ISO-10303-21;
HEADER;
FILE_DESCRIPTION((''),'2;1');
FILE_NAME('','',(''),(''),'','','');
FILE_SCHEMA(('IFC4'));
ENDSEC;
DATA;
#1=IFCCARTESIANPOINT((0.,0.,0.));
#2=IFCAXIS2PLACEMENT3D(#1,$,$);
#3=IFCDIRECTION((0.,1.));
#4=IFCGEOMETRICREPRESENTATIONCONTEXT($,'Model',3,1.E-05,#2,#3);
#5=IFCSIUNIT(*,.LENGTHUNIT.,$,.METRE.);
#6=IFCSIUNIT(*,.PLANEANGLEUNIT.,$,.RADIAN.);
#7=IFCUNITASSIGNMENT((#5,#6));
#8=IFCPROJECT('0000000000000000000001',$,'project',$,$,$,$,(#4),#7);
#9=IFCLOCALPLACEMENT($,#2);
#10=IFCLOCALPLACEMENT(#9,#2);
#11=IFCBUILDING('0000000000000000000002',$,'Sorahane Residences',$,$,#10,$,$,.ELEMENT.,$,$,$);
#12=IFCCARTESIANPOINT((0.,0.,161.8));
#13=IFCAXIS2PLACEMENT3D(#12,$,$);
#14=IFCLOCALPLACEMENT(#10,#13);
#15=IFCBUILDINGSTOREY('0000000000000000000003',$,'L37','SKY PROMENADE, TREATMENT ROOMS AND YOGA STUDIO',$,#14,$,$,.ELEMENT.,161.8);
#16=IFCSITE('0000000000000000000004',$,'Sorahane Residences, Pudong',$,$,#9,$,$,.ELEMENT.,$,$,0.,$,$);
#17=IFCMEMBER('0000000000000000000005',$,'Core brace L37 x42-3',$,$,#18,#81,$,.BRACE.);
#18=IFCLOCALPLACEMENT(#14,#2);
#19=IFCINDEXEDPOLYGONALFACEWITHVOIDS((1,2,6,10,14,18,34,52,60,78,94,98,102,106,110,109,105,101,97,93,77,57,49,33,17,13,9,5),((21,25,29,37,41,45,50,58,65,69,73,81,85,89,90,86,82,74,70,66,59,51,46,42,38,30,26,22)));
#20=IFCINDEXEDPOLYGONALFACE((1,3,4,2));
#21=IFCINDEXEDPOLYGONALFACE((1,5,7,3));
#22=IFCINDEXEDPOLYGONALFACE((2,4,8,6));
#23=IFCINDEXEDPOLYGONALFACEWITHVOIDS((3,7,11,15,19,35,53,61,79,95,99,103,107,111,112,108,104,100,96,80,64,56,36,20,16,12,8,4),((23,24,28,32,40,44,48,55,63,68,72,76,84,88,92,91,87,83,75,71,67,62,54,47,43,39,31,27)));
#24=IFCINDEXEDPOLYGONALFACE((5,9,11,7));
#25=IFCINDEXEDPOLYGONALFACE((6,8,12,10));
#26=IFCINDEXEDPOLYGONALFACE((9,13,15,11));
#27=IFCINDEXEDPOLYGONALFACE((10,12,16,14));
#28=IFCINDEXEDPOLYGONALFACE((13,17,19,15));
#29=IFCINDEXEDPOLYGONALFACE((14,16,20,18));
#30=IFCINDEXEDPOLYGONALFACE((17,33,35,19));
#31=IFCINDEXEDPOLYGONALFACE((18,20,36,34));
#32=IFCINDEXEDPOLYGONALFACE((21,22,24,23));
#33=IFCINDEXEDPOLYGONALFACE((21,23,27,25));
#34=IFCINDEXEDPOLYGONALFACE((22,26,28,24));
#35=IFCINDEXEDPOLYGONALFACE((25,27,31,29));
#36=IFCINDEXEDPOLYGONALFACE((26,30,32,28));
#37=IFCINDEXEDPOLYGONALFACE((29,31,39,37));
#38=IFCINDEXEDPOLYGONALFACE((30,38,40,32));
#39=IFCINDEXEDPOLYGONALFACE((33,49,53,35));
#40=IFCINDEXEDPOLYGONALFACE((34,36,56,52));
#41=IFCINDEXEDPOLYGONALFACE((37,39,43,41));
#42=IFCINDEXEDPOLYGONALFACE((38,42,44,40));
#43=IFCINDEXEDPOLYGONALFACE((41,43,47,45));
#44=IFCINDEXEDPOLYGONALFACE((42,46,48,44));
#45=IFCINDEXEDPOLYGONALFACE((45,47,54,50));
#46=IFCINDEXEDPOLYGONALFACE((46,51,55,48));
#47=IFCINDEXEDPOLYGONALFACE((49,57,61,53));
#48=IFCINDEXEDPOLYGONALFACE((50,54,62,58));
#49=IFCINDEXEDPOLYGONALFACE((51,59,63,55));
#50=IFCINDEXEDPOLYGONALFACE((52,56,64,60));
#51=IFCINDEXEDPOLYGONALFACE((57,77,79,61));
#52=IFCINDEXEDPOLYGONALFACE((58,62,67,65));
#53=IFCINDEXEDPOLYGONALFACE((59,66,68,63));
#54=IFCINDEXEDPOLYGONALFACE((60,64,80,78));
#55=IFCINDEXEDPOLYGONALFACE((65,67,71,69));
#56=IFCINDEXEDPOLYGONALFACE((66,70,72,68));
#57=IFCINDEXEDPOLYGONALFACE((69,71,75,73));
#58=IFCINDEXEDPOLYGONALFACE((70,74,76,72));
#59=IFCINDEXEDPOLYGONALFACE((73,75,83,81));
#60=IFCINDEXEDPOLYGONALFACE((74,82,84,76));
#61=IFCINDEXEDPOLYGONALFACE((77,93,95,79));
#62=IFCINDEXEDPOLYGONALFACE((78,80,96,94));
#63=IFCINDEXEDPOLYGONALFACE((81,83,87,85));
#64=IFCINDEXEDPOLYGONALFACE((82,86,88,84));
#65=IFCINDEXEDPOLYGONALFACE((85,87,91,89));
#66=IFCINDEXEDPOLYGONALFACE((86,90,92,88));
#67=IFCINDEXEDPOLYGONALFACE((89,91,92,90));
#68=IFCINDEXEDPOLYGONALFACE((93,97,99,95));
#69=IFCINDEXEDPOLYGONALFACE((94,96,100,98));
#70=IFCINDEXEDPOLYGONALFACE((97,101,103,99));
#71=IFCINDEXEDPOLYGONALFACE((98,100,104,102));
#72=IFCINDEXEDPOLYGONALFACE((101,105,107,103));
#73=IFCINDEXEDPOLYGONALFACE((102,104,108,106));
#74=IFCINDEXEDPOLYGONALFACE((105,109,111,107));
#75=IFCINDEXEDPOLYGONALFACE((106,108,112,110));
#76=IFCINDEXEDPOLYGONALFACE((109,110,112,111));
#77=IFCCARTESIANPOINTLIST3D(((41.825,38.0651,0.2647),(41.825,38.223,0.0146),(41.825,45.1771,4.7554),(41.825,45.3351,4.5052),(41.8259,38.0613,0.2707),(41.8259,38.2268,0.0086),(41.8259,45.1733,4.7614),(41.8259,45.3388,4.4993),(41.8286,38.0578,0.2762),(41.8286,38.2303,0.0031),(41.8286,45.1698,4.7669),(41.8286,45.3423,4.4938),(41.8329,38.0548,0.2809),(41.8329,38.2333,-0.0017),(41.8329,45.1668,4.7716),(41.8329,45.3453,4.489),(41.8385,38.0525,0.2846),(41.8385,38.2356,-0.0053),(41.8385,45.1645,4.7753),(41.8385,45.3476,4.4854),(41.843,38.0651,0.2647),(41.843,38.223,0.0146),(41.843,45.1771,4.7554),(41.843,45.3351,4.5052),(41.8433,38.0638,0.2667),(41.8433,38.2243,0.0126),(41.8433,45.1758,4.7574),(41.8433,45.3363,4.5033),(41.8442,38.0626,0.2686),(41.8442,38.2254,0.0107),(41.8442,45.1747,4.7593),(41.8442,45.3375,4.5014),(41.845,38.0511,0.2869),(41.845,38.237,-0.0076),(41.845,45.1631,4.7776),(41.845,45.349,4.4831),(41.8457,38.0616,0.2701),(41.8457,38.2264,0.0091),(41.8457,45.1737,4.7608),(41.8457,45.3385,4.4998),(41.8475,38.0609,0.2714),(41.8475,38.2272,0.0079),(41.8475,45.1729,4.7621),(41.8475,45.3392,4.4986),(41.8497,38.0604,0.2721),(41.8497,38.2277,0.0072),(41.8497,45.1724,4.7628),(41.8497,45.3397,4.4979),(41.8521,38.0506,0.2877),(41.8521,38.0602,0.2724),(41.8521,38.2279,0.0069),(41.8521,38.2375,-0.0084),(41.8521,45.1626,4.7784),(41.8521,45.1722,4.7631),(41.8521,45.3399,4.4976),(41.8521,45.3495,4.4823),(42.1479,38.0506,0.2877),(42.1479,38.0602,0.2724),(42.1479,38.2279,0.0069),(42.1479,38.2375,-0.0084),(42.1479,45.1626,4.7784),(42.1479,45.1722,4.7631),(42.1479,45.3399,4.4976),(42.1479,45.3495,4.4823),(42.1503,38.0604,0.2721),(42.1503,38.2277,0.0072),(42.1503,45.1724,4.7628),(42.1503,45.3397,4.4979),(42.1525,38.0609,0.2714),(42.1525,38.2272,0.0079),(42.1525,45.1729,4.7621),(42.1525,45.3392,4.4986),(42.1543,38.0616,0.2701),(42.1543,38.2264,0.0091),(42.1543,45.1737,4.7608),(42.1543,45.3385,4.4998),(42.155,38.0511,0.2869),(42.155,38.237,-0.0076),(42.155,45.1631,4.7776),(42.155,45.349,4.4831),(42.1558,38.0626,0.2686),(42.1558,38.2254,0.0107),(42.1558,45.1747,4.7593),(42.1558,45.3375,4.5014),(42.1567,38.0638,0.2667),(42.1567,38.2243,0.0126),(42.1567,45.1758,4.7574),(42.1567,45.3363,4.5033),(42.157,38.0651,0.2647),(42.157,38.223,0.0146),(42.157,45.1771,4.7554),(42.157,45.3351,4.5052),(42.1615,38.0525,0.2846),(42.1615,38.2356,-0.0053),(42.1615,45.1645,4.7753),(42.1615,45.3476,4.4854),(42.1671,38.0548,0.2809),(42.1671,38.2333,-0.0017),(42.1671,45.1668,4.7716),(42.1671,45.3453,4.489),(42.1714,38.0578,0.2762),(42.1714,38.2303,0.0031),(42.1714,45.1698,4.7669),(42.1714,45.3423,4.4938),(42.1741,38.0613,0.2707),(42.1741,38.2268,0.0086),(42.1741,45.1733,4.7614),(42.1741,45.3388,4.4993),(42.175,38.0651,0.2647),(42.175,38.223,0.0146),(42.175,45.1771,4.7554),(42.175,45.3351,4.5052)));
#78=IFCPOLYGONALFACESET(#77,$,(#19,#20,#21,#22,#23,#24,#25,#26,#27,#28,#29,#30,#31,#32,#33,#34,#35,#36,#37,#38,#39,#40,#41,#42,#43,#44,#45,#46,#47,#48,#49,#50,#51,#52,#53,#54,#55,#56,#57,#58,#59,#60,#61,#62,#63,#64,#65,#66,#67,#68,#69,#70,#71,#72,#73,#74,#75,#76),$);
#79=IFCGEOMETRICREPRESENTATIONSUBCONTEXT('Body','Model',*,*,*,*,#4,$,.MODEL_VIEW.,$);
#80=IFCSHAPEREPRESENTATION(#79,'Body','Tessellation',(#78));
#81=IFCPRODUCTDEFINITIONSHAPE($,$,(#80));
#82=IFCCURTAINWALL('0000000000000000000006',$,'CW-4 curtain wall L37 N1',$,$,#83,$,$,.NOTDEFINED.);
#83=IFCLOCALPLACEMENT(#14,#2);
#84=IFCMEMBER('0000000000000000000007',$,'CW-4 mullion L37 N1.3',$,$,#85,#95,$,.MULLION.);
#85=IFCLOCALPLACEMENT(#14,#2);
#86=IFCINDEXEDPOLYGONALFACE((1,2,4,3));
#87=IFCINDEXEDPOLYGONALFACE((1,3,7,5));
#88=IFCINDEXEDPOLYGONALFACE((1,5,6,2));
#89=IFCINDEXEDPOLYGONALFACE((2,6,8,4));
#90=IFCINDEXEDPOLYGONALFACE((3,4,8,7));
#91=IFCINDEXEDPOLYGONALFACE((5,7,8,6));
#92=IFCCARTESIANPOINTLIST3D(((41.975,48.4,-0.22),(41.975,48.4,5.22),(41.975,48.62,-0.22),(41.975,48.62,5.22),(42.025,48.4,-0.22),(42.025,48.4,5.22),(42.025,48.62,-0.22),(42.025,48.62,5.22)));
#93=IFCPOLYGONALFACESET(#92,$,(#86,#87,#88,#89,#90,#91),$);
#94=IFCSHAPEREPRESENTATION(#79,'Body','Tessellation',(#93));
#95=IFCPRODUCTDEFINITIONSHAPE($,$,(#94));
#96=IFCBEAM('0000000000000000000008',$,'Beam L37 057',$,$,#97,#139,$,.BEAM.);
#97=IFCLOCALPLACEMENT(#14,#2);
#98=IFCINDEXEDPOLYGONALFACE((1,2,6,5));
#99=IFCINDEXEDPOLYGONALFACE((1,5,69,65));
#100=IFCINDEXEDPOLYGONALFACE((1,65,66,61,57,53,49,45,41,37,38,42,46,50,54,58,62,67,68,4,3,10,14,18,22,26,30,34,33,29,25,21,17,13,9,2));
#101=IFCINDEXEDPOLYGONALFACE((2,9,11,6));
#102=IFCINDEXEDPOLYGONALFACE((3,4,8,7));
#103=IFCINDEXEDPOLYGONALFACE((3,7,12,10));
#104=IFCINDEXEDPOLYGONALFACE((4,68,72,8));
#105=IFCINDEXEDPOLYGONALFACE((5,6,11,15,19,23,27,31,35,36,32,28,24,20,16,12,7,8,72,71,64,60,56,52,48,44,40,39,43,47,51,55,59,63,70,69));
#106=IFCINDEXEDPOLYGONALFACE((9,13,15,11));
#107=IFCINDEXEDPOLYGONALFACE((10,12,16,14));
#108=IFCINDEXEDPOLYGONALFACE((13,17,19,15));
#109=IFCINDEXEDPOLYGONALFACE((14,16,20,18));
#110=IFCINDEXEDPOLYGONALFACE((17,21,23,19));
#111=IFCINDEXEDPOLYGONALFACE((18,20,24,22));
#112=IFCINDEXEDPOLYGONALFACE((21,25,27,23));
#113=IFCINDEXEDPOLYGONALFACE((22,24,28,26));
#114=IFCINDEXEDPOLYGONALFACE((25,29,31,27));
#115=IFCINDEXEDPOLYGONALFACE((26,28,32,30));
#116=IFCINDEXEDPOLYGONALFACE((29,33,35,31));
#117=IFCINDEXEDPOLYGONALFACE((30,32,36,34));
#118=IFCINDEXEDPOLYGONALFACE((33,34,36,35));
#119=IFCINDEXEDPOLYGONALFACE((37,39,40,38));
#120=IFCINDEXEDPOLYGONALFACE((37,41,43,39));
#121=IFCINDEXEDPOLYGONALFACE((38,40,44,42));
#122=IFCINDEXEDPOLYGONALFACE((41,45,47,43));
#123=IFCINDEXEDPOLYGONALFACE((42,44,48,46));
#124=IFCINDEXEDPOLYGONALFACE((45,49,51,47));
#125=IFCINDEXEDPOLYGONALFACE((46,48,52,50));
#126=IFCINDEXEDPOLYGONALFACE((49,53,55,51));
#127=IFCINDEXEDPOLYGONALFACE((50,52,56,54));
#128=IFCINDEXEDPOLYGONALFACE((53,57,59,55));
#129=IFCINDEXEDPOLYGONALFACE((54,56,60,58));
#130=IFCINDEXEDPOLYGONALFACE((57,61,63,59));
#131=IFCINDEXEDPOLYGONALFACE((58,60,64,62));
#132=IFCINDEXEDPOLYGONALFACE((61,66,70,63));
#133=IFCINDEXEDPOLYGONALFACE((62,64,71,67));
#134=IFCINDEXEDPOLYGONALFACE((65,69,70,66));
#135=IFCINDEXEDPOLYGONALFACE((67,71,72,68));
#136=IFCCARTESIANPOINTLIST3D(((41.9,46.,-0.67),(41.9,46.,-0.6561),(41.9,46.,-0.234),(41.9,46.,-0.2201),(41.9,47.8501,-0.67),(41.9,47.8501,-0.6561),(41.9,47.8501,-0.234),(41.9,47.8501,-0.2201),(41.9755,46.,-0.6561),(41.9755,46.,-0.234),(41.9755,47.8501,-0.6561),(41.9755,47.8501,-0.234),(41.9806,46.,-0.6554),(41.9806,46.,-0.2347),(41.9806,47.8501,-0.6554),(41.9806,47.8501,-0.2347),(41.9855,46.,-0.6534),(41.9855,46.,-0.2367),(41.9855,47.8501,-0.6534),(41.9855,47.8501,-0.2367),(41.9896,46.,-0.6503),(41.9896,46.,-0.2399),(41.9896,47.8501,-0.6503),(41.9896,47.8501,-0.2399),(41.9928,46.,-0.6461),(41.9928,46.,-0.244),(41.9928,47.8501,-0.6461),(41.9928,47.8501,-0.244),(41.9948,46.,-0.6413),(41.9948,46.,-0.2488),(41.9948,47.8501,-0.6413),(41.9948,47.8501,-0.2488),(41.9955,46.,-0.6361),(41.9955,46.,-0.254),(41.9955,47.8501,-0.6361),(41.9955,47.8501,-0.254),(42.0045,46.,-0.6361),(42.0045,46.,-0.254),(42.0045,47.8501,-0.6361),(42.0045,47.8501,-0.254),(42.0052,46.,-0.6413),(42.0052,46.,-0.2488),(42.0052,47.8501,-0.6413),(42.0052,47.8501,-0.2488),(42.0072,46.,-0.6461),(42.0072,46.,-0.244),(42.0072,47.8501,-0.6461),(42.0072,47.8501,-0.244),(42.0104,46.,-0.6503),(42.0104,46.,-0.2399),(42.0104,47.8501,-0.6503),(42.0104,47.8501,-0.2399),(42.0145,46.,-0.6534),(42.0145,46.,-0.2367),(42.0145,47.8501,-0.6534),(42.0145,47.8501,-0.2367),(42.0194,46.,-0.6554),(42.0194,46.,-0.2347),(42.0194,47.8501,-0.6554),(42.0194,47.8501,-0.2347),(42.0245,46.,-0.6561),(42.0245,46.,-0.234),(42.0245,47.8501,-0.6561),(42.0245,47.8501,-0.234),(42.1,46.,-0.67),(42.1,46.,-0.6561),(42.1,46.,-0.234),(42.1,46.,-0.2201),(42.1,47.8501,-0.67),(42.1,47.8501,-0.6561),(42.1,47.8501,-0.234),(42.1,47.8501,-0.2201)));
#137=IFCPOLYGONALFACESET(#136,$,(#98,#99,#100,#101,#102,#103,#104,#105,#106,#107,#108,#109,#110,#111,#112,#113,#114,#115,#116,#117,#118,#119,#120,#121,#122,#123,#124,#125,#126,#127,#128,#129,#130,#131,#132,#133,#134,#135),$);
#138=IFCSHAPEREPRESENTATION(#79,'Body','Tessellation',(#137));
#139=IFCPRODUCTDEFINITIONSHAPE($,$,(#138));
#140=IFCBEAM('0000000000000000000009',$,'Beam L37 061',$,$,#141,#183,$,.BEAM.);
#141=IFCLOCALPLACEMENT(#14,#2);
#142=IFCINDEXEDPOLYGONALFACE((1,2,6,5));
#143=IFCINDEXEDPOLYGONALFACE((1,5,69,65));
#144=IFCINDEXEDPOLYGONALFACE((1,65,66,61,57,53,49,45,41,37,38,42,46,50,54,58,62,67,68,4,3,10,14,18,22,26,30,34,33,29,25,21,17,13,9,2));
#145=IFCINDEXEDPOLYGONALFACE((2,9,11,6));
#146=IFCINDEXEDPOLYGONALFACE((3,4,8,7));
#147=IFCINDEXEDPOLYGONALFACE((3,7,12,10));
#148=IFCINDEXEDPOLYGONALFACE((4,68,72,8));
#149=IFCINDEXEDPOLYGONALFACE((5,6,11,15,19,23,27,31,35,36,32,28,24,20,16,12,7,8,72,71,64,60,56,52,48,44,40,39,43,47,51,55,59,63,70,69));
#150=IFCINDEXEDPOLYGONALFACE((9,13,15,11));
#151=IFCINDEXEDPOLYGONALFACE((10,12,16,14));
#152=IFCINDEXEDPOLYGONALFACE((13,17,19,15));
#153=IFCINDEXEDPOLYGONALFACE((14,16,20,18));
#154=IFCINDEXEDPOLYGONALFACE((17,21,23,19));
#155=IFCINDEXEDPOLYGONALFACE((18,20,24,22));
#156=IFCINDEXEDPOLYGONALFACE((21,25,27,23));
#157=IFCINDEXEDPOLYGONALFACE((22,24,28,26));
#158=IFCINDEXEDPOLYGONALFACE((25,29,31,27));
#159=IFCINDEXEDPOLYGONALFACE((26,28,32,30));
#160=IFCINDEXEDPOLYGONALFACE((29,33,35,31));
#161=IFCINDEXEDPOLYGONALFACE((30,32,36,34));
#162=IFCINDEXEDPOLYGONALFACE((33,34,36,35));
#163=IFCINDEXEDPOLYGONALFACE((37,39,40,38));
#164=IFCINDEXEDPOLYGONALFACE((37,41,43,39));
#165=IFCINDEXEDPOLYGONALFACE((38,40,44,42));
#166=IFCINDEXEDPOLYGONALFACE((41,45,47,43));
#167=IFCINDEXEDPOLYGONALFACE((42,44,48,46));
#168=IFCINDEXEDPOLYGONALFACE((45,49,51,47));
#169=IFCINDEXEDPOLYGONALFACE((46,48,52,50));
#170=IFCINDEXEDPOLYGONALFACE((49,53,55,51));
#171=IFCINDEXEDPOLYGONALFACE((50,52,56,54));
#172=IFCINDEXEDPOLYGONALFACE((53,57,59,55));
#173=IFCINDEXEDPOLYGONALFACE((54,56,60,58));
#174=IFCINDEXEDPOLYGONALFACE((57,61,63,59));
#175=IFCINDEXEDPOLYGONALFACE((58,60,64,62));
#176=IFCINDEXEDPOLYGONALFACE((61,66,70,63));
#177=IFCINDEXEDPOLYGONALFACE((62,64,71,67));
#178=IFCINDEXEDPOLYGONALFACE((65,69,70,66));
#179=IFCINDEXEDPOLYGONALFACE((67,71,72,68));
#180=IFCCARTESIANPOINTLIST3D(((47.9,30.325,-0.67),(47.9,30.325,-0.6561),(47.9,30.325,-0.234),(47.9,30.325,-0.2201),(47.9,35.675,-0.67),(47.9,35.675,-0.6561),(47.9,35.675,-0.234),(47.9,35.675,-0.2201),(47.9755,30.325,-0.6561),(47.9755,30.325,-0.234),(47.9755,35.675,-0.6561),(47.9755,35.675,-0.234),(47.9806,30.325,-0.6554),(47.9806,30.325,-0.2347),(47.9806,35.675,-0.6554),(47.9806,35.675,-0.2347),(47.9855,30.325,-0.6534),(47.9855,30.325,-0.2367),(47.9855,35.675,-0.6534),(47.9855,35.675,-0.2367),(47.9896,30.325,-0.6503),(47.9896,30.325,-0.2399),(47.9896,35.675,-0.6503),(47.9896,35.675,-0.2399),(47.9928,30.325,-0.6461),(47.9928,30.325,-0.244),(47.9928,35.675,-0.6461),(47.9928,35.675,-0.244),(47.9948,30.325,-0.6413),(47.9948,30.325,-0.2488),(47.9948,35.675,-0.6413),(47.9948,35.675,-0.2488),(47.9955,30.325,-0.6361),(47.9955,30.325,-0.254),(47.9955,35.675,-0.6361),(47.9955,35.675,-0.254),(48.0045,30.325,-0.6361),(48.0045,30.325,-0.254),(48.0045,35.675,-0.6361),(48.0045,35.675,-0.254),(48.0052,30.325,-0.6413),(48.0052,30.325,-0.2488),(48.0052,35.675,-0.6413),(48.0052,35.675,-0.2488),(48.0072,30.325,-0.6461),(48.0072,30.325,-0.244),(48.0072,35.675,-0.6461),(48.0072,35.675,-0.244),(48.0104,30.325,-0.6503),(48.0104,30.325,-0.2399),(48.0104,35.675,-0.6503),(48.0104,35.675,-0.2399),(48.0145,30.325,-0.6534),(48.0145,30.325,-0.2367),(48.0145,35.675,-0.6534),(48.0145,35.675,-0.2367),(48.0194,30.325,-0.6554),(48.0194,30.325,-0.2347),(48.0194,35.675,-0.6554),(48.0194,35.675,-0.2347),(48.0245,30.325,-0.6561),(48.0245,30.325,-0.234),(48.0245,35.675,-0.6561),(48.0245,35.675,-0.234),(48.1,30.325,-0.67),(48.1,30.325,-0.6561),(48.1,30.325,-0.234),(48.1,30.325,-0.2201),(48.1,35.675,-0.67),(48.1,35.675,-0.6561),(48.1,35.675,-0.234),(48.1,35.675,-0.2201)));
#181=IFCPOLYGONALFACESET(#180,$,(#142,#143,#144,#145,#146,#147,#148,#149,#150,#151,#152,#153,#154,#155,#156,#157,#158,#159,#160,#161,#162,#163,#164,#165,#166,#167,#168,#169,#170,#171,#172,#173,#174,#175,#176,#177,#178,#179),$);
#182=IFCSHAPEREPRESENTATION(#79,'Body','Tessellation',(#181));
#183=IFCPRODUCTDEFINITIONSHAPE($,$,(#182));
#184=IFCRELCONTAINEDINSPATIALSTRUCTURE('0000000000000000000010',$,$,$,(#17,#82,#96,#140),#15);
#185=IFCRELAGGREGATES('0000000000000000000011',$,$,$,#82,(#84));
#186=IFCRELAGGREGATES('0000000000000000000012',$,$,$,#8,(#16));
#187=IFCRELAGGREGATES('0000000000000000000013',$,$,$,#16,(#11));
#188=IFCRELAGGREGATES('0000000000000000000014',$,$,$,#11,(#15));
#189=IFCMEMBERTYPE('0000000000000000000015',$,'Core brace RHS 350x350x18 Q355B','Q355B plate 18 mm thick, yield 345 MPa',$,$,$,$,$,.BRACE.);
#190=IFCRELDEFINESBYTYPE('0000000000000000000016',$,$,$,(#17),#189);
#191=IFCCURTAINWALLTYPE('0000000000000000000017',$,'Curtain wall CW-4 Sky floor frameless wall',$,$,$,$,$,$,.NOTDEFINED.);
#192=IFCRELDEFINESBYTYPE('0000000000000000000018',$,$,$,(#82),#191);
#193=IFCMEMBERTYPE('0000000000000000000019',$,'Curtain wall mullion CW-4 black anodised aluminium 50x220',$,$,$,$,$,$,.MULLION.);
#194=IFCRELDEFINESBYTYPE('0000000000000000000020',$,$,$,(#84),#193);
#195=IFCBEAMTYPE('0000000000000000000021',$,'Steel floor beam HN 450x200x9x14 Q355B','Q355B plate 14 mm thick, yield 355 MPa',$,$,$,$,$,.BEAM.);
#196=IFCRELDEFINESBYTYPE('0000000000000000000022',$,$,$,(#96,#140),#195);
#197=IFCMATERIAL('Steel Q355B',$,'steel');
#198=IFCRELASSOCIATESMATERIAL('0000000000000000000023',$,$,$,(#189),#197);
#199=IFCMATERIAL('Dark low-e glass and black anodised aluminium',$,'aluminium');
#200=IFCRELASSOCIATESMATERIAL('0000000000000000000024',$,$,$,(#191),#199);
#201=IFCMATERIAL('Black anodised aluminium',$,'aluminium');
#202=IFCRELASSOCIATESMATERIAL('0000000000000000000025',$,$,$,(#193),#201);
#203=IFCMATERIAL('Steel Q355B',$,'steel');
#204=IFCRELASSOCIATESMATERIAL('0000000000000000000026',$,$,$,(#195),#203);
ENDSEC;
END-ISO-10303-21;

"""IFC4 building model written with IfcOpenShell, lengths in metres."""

from ifc_helpers import new_model, si_unit, direction, frame, origin, origin_2d, place, context, subcontext, project, spatial, rectangle, hollow_rectangle, i_section, extrude, material, material_profile, profile_set, type_object, element, aggregate, save


model = new_model("IFC4")

# Units and contexts
model_context = context("Model", 3, precision=1e-05, world=origin(), true_north=direction((0.0, 1.0)))
body_context = subcontext(model_context, "Body", "Model", "MODEL_VIEW")
ifc_project = project(units=[si_unit("LENGTHUNIT", "METRE"), si_unit("PLANEANGLEUNIT", "RADIAN")], contexts=[model_context])

# Site, building, storey
site_placement = place(None, origin())
site = spatial("IfcSite", under=ifc_project, at=site_placement, Name="Sorahane Residences, Pudong", CompositionType="ELEMENT", RefElevation=0.0)
building_placement = place(site_placement, origin())
building = spatial("IfcBuilding", under=site, at=building_placement, Name="Sorahane Residences", CompositionType="ELEMENT")
storey_placement = place(building_placement, frame((0.0, 0.0, 161.8)))
storey = spatial("IfcBuildingStorey", under=building, at=storey_placement, Name="L37", Description="SKY PROMENADE, TREATMENT ROOMS AND YOGA STUDIO", CompositionType="ELEMENT", Elevation=161.8)

# Member
ifc_material_1 = material(Name="Steel Q355B", Category="steel")
ifc_material_profile_1 = material_profile(ifc_material_1, hollow_rectangle(XDim=0.3501, YDim=0.3501, WallThickness=0.0181, InnerFilletRadius=0.009, OuterFilletRadius=0.0271, at=origin_2d()), Name="RHS 350x350x18")
ifc_profile_set_1 = profile_set([ifc_material_profile_1], Name="Steel Q355B")
member_type_1 = type_object("IfcMemberType", Name="Core brace RHS 350x350x18 Q355B", Description="Q355B plate 18 mm thick, yield 345 MPa", PredefinedType="BRACE", material=ifc_profile_set_1)
member_1_placement = place(storey_placement, frame((42.0, 38.144, 0.1396), z_axis=(0.0, 0.845548, 0.533899), x_axis=(-1.0, 0.0, 0.0)))
element("IfcMember", 1, at=member_1_placement, inside=storey, type_object=member_type_1, Name="Core brace L37 x42-3", PredefinedType="BRACE", context=body_context, shape_type="SweptSolid", body=[
    extrude(hollow_rectangle(XDim=0.3501, YDim=0.3501, WallThickness=0.0181, InnerFilletRadius=0.009, OuterFilletRadius=0.0271, at=origin_2d()), origin(), (0.0, 0.0, 1.0), 8.4111),
])

# Curtain wall, member
ifc_material_2 = material(Name="Dark low-e glass and black anodised aluminium", Category="aluminium")
curtain_wall_type = type_object("IfcCurtainWallType", Name="Curtain wall CW-4 Sky floor frameless wall", PredefinedType="NOTDEFINED", material=ifc_material_2)
curtain_wall_placement = place(storey_placement, origin())
curtain_wall = element("IfcCurtainWall", 2, at=curtain_wall_placement, inside=storey, type_object=curtain_wall_type, Name="CW-4 curtain wall L37 N1", PredefinedType="NOTDEFINED")
ifc_material_3 = material(Name="Black anodised aluminium", Category="aluminium")
ifc_material_profile_2 = material_profile(ifc_material_3, rectangle(XDim=0.22, YDim=0.05, at=origin_2d()), Name="Curtain wall mullion CW-4 black anodised aluminium 50x220")
ifc_profile_set_2 = profile_set([ifc_material_profile_2], Name="Black anodised aluminium")
member_type_2 = type_object("IfcMemberType", Name="Curtain wall mullion CW-4 black anodised aluminium 50x220", PredefinedType="MULLION", material=ifc_profile_set_2)
member_2_placement = place(storey_placement, frame((42.0, 48.51, -0.22), z_axis=(0.0, 0.0, 1.0), x_axis=(0.0, 1.0, 0.0)))
member_2 = element("IfcMember", 3, at=member_2_placement, type_object=member_type_2, Name="CW-4 mullion L37 N1.3", PredefinedType="MULLION", context=body_context, shape_type="SweptSolid", body=[
    extrude(rectangle(XDim=0.22, YDim=0.05, at=origin_2d()), origin(), (0.0, 0.0, 1.0), 5.4399),
])

# Beams
ifc_material_4 = material(Name="Steel Q355B", Category="steel")
ifc_material_profile_3 = material_profile(ifc_material_4, i_section(OverallWidth=0.2, OverallDepth=0.45, WebThickness=0.009, FlangeThickness=0.0139, FilletRadius=0.02, at=origin_2d()), Name="HN 450x200x9x14")
ifc_profile_set_3 = profile_set([ifc_material_profile_3], Name="Steel Q355B")
beam_type_1 = type_object("IfcBeamType", Name="Steel floor beam HN 450x200x9x14 Q355B", Description="Q355B plate 14 mm thick, yield 355 MPa", PredefinedType="BEAM", material=ifc_profile_set_3)
beam_1_placement = place(storey_placement, frame((42.0, 46.0, -0.4451), z_axis=(0.0, 1.0, 0.0), x_axis=(-1.0, 0.0, 0.0)))
element("IfcBeam", 4, at=beam_1_placement, inside=storey, type_object=beam_type_1, Name="Beam L37 057", PredefinedType="BEAM", context=body_context, shape_type="SweptSolid", body=[
    extrude(i_section(OverallWidth=0.2, OverallDepth=0.45, WebThickness=0.009, FlangeThickness=0.0139, FilletRadius=0.02, at=origin_2d()), origin(), (0.0, 0.0, 1.0), 1.8501),
])
for number, where, z_axis, x_axis, name in (
    (5, (48.0, 30.325, -0.4451), (0.0, 1.0, 0.0), (-1.0, 0.0, 0.0), "Beam L37 061"),
):
    element("IfcBeam", number, at=place(storey_placement, frame(where, z_axis=z_axis, x_axis=x_axis)), inside=storey, type_object=beam_type_1, Name=name, PredefinedType="BEAM", context=body_context, shape_type="SweptSolid", body=[
        extrude(i_section(OverallWidth=0.2, OverallDepth=0.45, WebThickness=0.009, FlangeThickness=0.0139, FilletRadius=0.02, at=origin_2d()), origin(), (0.0, 0.0, 1.0), 5.3501),
    ])

aggregate(curtain_wall, [member_2])

save(model, "model.ifc")
